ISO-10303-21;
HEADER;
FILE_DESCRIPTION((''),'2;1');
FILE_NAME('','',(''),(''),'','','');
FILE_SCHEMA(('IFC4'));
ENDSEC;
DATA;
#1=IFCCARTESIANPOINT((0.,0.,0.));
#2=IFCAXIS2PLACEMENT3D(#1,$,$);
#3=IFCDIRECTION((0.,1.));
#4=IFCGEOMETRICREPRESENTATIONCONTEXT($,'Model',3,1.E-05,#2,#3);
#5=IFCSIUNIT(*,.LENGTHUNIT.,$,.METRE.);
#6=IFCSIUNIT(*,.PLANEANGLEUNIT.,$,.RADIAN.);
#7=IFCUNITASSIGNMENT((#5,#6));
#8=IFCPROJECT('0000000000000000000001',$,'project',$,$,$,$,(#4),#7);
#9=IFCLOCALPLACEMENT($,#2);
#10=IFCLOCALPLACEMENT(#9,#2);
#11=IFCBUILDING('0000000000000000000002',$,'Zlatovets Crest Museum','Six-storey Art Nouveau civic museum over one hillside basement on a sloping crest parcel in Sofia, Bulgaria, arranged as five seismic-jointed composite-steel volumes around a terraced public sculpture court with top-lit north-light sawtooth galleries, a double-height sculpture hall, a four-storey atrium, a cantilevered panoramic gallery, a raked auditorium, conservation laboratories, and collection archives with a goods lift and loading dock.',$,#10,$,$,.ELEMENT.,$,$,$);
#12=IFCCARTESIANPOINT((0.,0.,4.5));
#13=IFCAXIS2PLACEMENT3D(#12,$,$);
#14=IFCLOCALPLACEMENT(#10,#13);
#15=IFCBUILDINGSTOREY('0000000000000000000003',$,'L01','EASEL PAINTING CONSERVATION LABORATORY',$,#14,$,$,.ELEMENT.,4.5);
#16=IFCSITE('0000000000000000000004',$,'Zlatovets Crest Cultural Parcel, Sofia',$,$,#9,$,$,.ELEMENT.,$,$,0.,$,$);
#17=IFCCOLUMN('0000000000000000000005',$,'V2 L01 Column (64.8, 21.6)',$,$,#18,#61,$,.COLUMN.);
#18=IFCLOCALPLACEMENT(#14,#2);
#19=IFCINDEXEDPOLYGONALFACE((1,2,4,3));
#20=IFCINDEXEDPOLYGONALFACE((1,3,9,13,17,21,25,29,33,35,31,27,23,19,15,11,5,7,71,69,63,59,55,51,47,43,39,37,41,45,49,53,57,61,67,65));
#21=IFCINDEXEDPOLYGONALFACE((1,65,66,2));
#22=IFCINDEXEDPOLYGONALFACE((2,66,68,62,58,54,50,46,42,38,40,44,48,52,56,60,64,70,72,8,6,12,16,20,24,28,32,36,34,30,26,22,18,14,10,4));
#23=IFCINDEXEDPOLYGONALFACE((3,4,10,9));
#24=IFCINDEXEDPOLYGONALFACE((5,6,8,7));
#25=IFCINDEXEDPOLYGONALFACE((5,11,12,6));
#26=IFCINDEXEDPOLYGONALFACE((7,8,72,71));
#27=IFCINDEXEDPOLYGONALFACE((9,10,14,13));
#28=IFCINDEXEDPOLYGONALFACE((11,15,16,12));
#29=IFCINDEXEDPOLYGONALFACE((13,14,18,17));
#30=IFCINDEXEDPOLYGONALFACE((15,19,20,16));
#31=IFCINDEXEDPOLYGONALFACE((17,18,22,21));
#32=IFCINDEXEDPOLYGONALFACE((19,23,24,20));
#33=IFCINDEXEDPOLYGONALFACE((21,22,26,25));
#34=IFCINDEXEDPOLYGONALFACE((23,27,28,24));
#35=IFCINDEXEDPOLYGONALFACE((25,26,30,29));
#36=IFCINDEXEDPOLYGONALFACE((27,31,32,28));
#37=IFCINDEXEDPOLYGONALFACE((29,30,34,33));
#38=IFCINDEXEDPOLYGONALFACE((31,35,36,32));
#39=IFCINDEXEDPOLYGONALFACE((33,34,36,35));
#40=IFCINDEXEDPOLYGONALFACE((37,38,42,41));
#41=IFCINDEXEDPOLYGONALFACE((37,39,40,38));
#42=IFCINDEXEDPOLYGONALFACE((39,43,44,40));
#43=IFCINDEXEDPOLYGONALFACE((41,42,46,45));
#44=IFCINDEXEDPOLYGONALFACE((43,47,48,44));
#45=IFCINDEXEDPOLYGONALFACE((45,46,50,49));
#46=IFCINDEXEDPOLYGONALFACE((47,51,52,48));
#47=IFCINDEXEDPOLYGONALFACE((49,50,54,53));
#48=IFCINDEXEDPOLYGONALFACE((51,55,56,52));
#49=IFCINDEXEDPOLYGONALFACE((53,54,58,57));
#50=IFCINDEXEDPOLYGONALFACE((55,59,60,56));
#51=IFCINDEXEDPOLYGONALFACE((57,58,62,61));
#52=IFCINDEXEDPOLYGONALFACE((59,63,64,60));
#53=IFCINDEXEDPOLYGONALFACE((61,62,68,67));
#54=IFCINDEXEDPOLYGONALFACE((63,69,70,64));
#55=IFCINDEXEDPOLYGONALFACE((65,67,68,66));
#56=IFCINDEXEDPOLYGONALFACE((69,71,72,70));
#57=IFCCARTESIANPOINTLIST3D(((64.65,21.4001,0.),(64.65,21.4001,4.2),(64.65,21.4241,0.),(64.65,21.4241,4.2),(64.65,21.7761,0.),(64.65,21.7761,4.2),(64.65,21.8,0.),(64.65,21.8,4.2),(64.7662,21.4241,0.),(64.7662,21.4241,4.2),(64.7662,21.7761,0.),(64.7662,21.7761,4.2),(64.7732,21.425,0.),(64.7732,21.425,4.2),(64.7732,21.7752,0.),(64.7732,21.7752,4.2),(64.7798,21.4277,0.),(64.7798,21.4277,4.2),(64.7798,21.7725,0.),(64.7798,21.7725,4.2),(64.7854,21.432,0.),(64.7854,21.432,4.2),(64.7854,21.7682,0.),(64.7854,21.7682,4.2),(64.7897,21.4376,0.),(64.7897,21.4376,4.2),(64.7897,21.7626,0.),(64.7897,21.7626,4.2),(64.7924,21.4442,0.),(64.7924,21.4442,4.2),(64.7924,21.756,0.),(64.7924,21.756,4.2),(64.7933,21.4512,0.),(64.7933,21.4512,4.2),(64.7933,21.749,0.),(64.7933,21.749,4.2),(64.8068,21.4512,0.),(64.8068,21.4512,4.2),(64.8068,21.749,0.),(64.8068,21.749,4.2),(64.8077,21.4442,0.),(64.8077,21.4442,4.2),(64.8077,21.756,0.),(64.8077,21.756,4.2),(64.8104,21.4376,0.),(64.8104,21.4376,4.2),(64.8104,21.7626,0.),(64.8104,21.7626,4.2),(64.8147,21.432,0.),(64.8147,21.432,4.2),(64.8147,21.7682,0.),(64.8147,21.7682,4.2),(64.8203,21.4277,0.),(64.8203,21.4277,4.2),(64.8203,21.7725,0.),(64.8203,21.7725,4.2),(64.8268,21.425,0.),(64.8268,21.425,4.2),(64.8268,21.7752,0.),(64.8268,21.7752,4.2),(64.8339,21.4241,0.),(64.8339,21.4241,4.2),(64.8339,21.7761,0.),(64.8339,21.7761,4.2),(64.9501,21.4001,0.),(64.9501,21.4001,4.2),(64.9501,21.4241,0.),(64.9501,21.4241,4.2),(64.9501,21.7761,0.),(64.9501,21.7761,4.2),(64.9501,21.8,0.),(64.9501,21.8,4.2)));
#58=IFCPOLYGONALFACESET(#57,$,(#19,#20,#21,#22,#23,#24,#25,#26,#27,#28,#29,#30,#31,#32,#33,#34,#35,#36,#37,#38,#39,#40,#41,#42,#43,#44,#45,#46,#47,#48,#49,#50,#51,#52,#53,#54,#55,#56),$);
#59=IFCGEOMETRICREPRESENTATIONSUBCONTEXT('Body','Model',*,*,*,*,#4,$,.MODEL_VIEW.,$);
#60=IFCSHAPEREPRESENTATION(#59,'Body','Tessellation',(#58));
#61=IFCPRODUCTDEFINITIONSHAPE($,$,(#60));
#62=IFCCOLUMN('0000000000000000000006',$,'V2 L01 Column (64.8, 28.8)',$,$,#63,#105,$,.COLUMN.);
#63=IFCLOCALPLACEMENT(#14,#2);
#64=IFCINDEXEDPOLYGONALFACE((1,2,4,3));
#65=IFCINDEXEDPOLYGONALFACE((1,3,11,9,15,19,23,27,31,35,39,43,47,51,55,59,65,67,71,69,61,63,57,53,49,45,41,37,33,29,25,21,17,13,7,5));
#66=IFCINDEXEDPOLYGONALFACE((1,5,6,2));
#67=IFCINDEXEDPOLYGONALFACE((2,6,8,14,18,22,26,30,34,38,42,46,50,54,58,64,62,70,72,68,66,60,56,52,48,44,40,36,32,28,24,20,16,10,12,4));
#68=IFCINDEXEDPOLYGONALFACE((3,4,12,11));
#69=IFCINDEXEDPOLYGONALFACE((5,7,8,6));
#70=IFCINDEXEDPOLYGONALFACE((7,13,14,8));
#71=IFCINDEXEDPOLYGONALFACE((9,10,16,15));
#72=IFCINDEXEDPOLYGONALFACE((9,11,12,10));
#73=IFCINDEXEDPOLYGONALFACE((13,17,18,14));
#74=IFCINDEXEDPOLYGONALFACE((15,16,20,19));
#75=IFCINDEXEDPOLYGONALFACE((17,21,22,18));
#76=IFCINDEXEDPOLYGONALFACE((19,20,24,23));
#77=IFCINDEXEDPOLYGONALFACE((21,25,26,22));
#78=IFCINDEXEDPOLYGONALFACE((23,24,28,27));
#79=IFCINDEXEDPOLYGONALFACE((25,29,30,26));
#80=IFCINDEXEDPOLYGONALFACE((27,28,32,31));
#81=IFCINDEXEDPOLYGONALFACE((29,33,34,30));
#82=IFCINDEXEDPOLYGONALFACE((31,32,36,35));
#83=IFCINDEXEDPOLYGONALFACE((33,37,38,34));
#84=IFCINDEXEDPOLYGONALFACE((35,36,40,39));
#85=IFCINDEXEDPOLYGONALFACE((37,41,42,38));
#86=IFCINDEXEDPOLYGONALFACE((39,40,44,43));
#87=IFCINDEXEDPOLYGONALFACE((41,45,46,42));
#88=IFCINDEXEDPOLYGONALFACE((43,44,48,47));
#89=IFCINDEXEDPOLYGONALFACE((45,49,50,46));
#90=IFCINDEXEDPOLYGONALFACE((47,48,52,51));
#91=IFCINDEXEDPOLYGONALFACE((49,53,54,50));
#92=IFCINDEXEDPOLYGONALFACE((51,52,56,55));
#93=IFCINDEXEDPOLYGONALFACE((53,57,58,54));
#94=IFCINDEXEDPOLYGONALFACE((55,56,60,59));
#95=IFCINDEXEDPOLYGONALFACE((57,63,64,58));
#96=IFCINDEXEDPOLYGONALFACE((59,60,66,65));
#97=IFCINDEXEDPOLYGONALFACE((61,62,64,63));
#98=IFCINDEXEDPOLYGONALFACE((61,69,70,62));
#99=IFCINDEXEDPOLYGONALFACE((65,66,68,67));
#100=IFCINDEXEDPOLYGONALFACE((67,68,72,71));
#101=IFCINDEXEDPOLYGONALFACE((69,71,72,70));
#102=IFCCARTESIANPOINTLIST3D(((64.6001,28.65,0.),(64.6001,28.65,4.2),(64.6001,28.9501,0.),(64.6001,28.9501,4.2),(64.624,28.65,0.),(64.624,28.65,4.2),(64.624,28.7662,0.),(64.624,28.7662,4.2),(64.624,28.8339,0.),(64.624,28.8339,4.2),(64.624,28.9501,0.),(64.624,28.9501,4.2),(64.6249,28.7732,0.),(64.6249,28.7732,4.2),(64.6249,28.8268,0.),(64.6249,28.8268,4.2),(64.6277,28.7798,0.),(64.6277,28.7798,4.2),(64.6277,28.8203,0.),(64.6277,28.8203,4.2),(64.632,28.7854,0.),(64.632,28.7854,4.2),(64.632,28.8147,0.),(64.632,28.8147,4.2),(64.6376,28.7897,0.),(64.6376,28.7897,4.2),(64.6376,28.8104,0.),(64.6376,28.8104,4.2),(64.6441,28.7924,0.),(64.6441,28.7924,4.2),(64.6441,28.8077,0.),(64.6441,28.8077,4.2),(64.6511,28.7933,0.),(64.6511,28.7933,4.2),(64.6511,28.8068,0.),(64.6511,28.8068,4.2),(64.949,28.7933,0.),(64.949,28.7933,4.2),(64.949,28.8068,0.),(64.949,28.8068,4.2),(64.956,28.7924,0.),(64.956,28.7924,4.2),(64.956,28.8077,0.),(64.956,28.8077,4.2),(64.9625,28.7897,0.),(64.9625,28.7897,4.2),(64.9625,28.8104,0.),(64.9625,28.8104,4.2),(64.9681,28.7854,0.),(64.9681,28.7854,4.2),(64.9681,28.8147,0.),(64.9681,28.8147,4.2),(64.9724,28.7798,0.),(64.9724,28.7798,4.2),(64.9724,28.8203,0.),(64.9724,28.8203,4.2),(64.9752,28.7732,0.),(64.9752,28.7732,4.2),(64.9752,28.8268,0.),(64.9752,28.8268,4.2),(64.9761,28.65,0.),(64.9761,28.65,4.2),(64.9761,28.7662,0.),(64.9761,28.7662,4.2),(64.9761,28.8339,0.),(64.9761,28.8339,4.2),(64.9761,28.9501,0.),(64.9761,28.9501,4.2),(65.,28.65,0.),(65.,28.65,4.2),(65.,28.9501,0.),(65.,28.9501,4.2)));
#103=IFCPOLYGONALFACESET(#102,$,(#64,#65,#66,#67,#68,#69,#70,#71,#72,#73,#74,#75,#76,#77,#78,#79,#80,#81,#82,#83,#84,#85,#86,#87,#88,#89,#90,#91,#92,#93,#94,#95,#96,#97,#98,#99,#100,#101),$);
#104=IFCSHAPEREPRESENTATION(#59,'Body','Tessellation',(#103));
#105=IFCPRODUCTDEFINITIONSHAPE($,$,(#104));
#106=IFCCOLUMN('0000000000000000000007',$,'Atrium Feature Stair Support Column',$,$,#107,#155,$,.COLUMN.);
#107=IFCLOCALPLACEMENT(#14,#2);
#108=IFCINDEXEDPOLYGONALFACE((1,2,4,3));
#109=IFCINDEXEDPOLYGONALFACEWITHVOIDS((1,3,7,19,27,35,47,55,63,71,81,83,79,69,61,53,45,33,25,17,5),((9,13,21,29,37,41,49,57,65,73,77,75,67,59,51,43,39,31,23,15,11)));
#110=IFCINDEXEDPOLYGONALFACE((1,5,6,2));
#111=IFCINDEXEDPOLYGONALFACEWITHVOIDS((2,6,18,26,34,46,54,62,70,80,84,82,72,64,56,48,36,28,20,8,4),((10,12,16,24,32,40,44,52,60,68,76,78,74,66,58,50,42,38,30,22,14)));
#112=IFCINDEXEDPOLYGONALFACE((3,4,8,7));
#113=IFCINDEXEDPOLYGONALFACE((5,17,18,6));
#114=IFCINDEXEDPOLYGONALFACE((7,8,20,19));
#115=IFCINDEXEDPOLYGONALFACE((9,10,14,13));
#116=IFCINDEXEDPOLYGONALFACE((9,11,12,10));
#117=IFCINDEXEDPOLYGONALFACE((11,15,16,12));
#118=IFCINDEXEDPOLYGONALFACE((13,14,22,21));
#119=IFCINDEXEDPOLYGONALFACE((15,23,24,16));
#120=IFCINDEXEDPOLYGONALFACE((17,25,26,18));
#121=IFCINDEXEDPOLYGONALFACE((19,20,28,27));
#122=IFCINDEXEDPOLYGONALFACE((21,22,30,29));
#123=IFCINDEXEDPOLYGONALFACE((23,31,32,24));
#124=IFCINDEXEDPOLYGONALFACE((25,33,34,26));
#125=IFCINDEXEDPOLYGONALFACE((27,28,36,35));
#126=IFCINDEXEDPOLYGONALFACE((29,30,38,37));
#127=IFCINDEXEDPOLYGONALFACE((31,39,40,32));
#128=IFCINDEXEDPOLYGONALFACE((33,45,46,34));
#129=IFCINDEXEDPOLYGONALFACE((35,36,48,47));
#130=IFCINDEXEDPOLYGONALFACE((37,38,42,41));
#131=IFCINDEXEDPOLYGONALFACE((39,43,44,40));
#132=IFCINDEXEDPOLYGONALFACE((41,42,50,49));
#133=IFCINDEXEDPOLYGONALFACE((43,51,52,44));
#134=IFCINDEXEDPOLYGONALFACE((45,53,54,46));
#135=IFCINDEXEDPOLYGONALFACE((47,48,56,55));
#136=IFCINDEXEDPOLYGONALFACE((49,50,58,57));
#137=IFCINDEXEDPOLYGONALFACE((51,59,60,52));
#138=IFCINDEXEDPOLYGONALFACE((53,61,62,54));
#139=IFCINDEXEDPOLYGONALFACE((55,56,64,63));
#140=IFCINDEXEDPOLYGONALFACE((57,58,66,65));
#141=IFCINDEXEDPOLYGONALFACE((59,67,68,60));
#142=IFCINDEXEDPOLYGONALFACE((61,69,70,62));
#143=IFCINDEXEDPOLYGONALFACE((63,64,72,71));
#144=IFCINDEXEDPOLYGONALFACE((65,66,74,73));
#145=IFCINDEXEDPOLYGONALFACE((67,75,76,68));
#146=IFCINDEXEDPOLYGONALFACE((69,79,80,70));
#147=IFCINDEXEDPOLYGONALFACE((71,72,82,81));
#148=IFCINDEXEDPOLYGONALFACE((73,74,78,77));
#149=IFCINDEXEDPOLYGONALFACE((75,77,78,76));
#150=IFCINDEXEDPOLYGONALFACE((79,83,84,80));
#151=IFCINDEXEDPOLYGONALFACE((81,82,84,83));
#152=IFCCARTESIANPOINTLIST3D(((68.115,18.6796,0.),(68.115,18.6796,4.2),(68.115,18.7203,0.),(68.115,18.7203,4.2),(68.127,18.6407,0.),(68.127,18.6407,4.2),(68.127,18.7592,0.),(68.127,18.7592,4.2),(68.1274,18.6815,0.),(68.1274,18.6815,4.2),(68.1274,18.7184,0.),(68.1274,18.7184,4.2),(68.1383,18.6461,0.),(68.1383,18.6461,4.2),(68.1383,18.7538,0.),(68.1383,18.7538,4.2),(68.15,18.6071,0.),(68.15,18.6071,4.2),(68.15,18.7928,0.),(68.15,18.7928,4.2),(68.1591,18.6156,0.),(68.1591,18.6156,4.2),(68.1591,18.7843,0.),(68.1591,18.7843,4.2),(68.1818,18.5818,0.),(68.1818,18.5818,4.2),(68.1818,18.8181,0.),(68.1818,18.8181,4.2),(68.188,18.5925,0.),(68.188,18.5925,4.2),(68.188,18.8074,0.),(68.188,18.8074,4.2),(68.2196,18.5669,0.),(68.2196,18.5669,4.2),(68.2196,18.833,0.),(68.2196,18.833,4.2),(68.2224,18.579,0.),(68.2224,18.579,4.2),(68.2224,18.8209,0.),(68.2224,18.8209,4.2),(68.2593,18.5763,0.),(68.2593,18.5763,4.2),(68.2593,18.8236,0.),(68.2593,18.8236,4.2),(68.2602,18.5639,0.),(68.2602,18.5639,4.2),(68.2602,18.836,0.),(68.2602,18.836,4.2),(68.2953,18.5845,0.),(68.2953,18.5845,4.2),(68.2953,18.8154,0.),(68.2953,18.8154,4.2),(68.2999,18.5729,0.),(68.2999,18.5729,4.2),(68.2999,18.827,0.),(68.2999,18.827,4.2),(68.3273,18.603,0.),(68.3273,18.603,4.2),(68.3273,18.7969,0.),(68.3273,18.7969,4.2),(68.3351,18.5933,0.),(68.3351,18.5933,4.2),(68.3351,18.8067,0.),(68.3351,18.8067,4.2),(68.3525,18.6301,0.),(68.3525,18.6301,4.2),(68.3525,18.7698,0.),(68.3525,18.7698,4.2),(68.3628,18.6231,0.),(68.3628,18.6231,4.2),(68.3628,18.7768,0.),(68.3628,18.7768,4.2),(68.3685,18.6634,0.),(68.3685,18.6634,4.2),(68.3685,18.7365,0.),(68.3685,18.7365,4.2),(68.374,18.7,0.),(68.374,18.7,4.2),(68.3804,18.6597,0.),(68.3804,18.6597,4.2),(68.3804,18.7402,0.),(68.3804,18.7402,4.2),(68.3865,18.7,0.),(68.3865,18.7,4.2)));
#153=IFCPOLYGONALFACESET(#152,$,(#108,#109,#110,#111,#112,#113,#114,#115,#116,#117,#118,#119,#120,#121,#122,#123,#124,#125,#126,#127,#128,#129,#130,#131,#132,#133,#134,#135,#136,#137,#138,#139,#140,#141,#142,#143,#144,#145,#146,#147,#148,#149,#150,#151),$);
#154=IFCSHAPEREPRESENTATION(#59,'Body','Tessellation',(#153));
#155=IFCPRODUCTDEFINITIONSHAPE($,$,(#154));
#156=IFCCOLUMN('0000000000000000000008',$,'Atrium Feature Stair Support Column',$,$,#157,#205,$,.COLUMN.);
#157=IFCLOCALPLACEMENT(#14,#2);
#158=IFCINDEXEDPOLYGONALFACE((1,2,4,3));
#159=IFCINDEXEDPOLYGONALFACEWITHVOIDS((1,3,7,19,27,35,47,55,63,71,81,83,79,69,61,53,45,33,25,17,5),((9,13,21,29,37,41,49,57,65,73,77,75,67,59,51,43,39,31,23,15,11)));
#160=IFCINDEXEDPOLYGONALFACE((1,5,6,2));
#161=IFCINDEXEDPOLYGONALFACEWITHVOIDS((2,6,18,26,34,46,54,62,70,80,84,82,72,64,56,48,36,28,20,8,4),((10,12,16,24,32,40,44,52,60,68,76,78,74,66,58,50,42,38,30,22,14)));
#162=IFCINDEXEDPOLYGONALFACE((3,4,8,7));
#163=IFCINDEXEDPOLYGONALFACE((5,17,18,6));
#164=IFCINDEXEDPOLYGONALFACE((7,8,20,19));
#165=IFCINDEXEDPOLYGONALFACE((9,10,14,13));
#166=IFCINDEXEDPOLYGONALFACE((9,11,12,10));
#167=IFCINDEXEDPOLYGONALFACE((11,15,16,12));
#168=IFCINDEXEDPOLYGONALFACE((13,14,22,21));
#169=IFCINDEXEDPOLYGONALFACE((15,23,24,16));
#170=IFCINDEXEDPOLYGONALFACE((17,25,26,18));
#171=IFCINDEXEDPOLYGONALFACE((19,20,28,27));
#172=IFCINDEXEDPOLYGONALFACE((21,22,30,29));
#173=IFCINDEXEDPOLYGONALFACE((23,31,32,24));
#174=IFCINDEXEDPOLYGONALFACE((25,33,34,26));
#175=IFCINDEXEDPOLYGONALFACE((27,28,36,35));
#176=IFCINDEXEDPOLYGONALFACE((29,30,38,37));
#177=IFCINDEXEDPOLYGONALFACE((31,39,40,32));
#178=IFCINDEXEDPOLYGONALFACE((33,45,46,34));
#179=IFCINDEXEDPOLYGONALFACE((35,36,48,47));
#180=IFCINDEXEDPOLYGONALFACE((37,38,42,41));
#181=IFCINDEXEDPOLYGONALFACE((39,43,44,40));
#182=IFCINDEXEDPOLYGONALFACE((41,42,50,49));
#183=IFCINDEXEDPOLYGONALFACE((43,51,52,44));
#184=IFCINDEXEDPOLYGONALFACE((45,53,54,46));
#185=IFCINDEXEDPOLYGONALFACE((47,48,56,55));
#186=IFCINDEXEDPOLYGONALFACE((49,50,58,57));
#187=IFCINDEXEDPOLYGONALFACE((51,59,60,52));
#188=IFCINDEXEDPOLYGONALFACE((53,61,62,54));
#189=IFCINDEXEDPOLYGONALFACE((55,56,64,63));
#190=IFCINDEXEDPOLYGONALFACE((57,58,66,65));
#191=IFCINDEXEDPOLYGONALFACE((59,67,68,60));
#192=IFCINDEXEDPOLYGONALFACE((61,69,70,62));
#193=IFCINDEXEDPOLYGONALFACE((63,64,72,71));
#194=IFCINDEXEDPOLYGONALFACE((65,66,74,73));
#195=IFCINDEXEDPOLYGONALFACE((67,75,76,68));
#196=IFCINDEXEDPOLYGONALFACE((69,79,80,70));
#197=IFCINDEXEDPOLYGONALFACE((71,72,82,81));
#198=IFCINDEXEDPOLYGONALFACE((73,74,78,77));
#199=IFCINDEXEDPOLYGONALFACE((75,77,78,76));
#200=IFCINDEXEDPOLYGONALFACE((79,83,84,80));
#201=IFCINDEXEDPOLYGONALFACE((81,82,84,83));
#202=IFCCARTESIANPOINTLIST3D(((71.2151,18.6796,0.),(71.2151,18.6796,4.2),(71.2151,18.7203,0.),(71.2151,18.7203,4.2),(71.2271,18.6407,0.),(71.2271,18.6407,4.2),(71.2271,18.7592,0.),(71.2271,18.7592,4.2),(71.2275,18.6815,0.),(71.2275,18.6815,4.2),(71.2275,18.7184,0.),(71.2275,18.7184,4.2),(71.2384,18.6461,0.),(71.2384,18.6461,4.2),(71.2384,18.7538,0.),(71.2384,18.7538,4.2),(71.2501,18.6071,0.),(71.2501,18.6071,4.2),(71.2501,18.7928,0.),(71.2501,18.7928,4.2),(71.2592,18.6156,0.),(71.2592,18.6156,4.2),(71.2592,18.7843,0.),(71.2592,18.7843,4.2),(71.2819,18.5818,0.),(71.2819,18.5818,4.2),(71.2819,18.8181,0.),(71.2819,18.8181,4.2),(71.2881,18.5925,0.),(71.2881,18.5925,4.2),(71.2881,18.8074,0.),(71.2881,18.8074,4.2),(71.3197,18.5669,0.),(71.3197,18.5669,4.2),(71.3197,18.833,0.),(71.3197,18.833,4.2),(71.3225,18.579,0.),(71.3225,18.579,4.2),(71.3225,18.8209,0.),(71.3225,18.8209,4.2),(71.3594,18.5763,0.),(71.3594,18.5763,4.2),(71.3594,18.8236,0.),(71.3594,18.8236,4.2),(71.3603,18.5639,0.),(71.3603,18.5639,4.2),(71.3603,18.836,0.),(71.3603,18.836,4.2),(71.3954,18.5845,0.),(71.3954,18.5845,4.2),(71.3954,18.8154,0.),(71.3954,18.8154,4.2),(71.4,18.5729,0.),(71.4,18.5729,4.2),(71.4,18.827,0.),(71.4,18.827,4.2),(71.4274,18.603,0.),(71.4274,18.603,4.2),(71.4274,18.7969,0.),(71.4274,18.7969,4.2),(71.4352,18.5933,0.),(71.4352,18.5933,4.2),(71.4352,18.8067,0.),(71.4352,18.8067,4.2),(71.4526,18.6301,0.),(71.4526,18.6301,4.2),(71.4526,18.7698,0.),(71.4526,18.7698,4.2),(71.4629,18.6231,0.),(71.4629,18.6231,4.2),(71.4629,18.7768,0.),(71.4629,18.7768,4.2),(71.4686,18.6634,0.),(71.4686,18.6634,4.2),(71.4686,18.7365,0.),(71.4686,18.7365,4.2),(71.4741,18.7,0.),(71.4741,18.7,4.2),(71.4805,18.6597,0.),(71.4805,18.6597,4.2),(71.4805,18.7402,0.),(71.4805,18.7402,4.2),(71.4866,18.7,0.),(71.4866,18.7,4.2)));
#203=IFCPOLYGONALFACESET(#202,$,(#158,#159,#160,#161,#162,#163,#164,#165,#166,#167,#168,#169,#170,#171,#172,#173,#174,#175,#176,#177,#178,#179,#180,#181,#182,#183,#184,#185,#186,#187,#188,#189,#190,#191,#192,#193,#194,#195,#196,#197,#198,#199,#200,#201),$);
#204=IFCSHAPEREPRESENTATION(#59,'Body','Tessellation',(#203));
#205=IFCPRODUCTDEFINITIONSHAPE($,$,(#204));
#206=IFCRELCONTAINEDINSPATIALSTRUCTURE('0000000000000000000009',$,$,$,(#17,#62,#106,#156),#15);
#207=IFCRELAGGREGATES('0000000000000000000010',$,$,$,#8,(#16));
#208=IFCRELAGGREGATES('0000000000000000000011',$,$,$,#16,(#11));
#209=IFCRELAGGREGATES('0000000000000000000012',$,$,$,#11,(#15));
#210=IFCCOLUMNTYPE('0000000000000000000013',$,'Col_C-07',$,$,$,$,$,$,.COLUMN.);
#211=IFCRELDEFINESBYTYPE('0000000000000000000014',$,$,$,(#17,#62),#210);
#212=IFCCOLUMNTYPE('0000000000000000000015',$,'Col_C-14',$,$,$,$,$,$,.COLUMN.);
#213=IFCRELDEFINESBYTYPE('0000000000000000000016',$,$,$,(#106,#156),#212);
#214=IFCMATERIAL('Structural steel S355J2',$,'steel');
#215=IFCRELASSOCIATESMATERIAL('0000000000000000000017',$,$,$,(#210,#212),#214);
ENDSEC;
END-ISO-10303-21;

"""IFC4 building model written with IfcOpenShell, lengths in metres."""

from ifc_helpers import new_model, si_unit, direction, frame, origin, origin_2d, place, context, subcontext, project, spatial, hollow_circle, i_section, extrude, material, material_profile, profile_set, type_object, element, save


model = new_model("IFC4")

# Units and contexts
model_context = context("Model", 3, precision=1e-05, world=origin(), true_north=direction((0.0, 1.0)))
body_context = subcontext(model_context, "Body", "Model", "MODEL_VIEW")
ifc_project = project(units=[si_unit("LENGTHUNIT", "METRE"), si_unit("PLANEANGLEUNIT", "RADIAN")], contexts=[model_context])

# Site, building, storey
site_placement = place(None, origin())
site = spatial("IfcSite", under=ifc_project, at=site_placement, Name="Zlatovets Crest Cultural Parcel, Sofia", CompositionType="ELEMENT", RefElevation=0.0)
building_placement = place(site_placement, origin())
building = spatial("IfcBuilding", under=site, at=building_placement, Name="Zlatovets Crest Museum", Description="Six-storey Art Nouveau civic museum over one hillside basement on a sloping crest parcel in Sofia, Bulgaria, arranged as five seismic-jointed composite-steel volumes around a terraced public sculpture court with top-lit north-light sawtooth galleries, a double-height sculpture hall, a four-storey atrium, a cantilevered panoramic gallery, a raked auditorium, conservation laboratories, and collection archives with a goods lift and loading dock.", CompositionType="ELEMENT")
storey_placement = place(building_placement, frame((0.0, 0.0, 4.5)))
storey = spatial("IfcBuildingStorey", under=building, at=storey_placement, Name="L01", Description="EASEL PAINTING CONSERVATION LABORATORY", CompositionType="ELEMENT", Elevation=4.5)

# Columns
ifc_material_1 = material(Name="Structural steel S355J2", Category="steel")
ifc_material_profile_1 = material_profile(ifc_material_1, i_section(OverallWidth=0.3, OverallDepth=0.3999, WebThickness=0.0134, FlangeThickness=0.0239, FilletRadius=0.0271, at=origin_2d()), Name="HEB 400")
ifc_profile_set_1 = profile_set([ifc_material_profile_1], Name="Structural steel S355J2")
column_type_1 = type_object("IfcColumnType", Name="Col_C-07", PredefinedType="COLUMN", material=ifc_profile_set_1)
for number, where, z_axis, x_axis, name in (
    (1, (64.8, 21.6001, 0.0), (0.0, 0.0, 1.0), (1.0, 0.0, 0.0), "V2 L01 Column (64.8, 21.6)"),
    (2, (64.8, 28.8, 0.0), (0.0, 0.0, 1.0), (0.0, 1.0, 0.0), "V2 L01 Column (64.8, 28.8)"),
):
    element("IfcColumn", number, at=place(storey_placement, frame(where, z_axis=z_axis, x_axis=x_axis)), inside=storey, type_object=column_type_1, Name=name, PredefinedType="COLUMN", context=body_context, shape_type="SweptSolid", body=[
        extrude(i_section(OverallWidth=0.3, OverallDepth=0.3999, WebThickness=0.0134, FlangeThickness=0.0239, FilletRadius=0.0271, at=origin_2d()), origin(), (0.0, 0.0, 1.0), 4.2),
    ])
ifc_material_profile_2 = material_profile(ifc_material_1, hollow_circle(Radius=0.1365, WallThickness=0.0125, at=origin_2d()), Name="CHS 273.0x12.5")
ifc_profile_set_2 = profile_set([ifc_material_profile_2], Name="Structural steel S355J2")
column_type_2 = type_object("IfcColumnType", Name="Col_C-14", PredefinedType="COLUMN", material=ifc_profile_set_2)
for number, where, z_axis, x_axis, name in (
    (3, (68.25, 18.7, 0.0), (0.0, 0.0, 1.0), (1.0, 0.0, 0.0), "Atrium Feature Stair Support Column"),
    (4, (71.3501, 18.7, 0.0), (0.0, 0.0, 1.0), (1.0, 0.0, 0.0), "Atrium Feature Stair Support Column"),
):
    element("IfcColumn", number, at=place(storey_placement, frame(where, z_axis=z_axis, x_axis=x_axis)), inside=storey, type_object=column_type_2, Name=name, PredefinedType="COLUMN", context=body_context, shape_type="SweptSolid", body=[
        extrude(hollow_circle(Radius=0.1365, WallThickness=0.0125, at=origin_2d()), origin(), (0.0, 0.0, 1.0), 4.2),
    ])

save(model, "model.ifc")
